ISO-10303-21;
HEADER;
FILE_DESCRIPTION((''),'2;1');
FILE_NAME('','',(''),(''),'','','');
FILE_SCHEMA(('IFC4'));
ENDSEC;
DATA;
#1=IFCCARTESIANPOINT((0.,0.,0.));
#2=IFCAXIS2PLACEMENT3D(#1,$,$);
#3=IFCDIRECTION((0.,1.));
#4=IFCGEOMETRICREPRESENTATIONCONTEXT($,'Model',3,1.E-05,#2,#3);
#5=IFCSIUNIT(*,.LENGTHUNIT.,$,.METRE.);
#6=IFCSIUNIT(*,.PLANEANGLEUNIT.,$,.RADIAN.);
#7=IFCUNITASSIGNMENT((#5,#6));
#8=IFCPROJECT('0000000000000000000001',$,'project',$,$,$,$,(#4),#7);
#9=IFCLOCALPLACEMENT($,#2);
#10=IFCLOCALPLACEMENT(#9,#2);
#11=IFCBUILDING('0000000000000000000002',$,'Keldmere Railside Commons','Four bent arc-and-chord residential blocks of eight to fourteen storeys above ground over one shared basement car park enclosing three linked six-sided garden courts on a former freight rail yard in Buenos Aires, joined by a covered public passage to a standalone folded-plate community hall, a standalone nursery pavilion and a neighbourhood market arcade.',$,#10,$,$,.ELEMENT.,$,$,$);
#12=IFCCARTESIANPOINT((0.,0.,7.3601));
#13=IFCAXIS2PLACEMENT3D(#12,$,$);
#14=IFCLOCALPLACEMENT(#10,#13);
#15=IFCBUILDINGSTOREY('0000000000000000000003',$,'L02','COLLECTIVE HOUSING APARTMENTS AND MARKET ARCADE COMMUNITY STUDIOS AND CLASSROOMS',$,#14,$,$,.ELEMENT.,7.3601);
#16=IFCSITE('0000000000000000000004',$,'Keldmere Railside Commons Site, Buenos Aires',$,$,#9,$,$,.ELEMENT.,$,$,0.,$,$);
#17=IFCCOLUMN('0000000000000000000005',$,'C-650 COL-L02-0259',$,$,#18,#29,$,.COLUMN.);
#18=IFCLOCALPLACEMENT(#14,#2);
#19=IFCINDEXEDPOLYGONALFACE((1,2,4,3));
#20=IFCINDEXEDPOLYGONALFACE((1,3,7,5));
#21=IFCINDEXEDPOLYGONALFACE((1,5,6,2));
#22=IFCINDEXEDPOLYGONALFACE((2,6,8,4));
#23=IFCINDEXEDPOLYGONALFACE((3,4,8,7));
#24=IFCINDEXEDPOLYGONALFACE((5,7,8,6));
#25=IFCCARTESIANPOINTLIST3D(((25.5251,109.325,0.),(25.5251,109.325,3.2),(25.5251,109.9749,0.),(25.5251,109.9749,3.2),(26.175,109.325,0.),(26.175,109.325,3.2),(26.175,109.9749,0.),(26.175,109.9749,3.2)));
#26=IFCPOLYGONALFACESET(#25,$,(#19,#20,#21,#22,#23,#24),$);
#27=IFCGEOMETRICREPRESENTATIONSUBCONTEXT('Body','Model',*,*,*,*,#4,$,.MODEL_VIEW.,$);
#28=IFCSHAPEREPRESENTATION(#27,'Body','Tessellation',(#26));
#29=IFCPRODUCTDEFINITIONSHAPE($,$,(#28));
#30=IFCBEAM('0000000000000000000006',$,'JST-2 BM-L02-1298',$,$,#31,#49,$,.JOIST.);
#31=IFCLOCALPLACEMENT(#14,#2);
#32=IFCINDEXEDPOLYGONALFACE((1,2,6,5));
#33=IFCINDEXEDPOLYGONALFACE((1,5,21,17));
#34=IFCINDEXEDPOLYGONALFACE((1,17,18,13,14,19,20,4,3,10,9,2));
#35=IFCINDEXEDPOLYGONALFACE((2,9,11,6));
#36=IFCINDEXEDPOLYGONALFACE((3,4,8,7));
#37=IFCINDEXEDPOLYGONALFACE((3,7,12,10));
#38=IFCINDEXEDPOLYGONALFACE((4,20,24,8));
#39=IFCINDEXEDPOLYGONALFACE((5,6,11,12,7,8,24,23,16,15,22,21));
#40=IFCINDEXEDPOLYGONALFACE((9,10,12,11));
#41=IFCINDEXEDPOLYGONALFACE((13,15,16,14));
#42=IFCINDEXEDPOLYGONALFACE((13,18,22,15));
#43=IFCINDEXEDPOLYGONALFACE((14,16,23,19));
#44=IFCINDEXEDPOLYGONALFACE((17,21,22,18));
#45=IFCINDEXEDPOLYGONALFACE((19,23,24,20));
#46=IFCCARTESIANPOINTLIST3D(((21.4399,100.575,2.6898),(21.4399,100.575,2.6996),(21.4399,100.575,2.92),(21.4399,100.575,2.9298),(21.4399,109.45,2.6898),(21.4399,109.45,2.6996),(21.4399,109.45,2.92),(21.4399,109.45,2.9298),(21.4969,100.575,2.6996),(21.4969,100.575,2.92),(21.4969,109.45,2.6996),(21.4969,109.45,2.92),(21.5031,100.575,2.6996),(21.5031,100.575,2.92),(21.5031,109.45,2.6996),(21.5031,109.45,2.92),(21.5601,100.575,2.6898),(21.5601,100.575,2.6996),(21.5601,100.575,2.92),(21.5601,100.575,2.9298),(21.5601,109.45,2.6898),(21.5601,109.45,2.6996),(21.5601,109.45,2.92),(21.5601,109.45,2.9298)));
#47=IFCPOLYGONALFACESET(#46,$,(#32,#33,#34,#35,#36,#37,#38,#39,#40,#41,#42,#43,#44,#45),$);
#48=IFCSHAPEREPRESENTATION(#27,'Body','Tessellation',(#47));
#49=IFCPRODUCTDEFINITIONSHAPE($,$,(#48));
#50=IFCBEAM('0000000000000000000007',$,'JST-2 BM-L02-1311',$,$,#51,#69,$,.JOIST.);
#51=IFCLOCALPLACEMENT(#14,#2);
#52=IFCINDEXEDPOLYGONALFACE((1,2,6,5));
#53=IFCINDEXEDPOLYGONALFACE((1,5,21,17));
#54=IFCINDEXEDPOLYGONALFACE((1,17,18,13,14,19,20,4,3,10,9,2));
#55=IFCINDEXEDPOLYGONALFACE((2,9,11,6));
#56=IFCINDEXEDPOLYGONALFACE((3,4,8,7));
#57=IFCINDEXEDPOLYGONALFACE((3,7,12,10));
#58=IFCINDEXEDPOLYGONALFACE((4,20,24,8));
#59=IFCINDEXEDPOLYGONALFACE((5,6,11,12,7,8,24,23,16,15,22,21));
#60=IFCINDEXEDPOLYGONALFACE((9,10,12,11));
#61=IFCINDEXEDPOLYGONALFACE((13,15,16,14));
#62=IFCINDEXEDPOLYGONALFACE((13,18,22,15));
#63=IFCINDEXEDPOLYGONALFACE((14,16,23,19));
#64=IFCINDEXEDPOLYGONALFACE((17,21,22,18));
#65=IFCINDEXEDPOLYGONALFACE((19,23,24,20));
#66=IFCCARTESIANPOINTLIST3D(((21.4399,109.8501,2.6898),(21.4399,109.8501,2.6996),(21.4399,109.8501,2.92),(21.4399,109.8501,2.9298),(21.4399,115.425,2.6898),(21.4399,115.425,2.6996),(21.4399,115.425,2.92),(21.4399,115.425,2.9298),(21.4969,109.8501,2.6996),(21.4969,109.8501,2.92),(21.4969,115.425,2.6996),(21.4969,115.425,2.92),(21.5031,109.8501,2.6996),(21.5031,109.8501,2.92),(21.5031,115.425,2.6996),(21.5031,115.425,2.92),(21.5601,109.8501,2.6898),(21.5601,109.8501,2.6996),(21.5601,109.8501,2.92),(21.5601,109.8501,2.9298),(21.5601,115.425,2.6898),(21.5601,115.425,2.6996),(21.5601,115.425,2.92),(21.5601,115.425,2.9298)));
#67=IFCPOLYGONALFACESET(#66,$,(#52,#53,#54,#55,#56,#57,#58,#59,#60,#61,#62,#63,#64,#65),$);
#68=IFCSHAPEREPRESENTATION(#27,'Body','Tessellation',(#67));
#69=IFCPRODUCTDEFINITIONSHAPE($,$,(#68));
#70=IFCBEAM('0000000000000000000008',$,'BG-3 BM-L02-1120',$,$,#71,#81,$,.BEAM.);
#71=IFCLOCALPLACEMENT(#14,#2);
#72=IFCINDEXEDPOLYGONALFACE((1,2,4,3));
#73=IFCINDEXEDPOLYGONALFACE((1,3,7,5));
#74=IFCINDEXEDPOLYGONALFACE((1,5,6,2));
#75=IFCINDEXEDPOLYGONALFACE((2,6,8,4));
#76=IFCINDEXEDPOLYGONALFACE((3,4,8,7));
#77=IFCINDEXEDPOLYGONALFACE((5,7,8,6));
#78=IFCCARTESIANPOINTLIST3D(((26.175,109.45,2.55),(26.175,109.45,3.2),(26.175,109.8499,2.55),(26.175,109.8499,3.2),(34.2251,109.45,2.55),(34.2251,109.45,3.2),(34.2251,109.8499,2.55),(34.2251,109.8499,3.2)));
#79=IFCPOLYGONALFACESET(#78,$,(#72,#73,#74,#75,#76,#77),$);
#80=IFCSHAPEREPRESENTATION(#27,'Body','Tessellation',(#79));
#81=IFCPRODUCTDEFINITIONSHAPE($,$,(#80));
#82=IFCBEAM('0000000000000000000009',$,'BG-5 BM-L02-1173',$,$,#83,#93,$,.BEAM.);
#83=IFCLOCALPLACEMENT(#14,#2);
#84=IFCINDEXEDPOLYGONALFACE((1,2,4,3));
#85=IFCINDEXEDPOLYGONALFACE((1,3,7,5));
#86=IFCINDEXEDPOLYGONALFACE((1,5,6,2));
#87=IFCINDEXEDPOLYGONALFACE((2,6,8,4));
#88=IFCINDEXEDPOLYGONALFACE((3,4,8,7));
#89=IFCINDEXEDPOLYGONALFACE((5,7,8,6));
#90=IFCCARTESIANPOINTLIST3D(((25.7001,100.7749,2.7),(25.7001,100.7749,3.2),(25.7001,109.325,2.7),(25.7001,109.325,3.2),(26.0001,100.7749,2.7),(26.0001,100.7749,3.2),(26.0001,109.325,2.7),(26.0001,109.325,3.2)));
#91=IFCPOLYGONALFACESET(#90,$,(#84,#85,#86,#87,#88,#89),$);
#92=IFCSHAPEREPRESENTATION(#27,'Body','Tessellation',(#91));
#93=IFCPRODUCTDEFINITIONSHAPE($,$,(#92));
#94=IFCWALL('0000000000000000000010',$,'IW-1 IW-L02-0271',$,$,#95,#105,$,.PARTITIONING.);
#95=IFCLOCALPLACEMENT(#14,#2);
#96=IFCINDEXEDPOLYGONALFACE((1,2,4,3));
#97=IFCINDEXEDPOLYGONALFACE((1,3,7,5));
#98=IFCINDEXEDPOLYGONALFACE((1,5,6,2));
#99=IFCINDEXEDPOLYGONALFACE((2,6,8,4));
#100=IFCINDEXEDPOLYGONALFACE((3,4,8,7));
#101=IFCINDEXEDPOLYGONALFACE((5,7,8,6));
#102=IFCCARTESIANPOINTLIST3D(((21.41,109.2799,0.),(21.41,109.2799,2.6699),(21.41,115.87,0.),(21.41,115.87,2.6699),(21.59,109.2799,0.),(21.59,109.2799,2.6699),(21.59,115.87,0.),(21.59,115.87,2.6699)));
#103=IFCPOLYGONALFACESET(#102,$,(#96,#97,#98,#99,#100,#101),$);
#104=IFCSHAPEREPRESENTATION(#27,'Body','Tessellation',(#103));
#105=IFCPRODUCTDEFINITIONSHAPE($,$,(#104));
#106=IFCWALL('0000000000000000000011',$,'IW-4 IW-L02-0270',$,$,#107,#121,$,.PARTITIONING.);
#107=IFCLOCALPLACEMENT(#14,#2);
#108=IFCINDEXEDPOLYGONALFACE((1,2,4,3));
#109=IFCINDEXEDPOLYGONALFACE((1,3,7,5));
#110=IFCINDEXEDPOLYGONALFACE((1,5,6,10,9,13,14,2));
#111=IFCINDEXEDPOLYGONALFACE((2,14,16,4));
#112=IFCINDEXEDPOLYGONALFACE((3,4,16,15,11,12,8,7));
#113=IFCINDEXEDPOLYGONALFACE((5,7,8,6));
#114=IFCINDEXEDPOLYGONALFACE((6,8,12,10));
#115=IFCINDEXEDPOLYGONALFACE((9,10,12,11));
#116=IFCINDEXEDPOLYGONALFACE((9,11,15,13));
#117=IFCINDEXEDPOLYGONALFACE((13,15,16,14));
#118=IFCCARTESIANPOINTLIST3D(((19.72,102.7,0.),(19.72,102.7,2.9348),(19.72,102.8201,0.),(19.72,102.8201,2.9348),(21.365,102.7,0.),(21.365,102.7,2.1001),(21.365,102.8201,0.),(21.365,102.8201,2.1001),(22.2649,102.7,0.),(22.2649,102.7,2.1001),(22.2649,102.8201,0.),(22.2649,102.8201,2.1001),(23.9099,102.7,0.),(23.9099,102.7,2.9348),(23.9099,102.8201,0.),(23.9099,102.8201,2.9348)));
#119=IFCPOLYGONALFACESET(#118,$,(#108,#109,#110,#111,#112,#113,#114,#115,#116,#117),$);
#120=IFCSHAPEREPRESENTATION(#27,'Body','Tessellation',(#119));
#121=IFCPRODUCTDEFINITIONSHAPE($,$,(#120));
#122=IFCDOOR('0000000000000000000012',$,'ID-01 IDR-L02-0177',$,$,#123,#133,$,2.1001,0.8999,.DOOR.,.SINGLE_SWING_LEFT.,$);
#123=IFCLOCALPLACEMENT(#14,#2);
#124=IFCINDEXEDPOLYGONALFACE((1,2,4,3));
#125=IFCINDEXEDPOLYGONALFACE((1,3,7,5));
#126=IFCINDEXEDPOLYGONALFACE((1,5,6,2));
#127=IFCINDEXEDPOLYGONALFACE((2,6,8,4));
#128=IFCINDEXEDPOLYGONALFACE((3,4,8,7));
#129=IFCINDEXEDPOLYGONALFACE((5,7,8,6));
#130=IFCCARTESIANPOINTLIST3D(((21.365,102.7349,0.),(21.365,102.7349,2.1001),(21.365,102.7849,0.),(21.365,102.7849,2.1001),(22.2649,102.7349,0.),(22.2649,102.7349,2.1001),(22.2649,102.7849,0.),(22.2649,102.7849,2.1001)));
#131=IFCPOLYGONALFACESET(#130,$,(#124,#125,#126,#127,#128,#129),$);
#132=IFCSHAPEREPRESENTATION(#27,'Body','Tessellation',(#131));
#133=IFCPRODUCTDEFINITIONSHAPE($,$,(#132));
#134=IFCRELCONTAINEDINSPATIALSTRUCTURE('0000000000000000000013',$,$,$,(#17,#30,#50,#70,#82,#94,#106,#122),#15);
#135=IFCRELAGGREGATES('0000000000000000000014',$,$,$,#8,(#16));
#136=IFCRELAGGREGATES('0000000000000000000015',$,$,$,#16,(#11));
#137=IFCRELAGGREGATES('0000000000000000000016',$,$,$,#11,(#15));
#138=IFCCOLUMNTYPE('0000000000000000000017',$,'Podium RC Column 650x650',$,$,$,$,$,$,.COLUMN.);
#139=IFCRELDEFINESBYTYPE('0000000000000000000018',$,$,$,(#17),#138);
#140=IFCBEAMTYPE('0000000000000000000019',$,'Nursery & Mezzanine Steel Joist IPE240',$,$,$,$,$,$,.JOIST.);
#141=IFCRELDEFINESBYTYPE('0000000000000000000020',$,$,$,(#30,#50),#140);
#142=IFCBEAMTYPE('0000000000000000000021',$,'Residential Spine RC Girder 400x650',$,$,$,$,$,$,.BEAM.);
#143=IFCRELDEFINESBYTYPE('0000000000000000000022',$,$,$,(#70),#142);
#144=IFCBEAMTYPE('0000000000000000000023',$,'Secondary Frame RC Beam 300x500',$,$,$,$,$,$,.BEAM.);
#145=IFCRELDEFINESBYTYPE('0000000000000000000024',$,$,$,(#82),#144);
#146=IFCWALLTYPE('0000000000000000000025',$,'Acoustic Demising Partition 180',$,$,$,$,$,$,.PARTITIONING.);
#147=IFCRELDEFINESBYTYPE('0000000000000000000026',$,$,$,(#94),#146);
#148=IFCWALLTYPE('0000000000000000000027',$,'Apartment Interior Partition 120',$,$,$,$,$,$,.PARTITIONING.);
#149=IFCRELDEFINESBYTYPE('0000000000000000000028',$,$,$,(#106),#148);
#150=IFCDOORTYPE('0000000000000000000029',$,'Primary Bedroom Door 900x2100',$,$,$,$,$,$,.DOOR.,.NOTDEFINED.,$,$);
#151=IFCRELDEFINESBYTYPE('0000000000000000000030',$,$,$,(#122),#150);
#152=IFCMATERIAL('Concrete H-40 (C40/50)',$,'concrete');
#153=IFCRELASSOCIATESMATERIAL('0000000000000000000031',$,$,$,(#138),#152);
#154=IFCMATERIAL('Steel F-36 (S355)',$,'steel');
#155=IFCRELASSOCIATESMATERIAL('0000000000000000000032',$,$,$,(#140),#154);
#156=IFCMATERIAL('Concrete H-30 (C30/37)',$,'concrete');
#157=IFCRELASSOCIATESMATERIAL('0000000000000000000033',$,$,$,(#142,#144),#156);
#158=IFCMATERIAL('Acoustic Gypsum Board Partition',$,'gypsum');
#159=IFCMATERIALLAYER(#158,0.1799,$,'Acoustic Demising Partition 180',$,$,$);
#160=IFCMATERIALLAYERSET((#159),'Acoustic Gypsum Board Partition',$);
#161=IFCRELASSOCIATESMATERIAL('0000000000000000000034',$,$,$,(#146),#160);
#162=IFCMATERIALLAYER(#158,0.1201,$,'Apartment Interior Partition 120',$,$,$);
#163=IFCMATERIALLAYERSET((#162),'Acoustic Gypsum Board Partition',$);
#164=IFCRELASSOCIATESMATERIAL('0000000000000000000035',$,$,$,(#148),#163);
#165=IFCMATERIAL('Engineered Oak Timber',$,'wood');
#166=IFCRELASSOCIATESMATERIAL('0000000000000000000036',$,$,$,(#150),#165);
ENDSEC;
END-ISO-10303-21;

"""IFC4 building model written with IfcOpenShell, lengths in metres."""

from ifc_helpers import new_model, si_unit, direction, frame, frame_2d, origin, origin_2d, place, context, subcontext, project, spatial, rectangle, i_section, extrude, material, layer, layer_set, material_profile, profile_set, type_object, element, fill, save


model = new_model("IFC4")

# Units and contexts
model_context = context("Model", 3, precision=1e-05, world=origin(), true_north=direction((0.0, 1.0)))
body_context = subcontext(model_context, "Body", "Model", "MODEL_VIEW")
ifc_project = project(units=[si_unit("LENGTHUNIT", "METRE"), si_unit("PLANEANGLEUNIT", "RADIAN")], contexts=[model_context])

# Site, building, storey
site_placement = place(None, origin())
site = spatial("IfcSite", under=ifc_project, at=site_placement, Name="Keldmere Railside Commons Site, Buenos Aires", CompositionType="ELEMENT", RefElevation=0.0)
building_placement = place(site_placement, origin())
building = spatial("IfcBuilding", under=site, at=building_placement, Name="Keldmere Railside Commons", Description="Four bent arc-and-chord residential blocks of eight to fourteen storeys above ground over one shared basement car park enclosing three linked six-sided garden courts on a former freight rail yard in Buenos Aires, joined by a covered public passage to a standalone folded-plate community hall, a standalone nursery pavilion and a neighbourhood market arcade.", CompositionType="ELEMENT")
storey_placement = place(building_placement, frame((0.0, 0.0, 7.3601)))
storey = spatial("IfcBuildingStorey", under=building, at=storey_placement, Name="L02", Description="COLLECTIVE HOUSING APARTMENTS AND MARKET ARCADE COMMUNITY STUDIOS AND CLASSROOMS", CompositionType="ELEMENT", Elevation=7.3601)

# Column
ifc_material_1 = material(Name="Concrete H-40 (C40/50)", Category="concrete")
ifc_material_profile_1 = material_profile(ifc_material_1, rectangle(XDim=0.6499, YDim=0.6499, at=origin_2d()), Name="RC-650x650")
ifc_profile_set_1 = profile_set([ifc_material_profile_1], Name="Concrete H-40 (C40/50)")
column_type = type_object("IfcColumnType", Name="Podium RC Column 650x650", PredefinedType="COLUMN", material=ifc_profile_set_1)
column_placement = place(storey_placement, frame((25.8501, 109.6499, 0.0), z_axis=(0.0, 0.0, 1.0), x_axis=(1.0, 0.0, 0.0)))
element("IfcColumn", 1, at=column_placement, inside=storey, type_object=column_type, Name="C-650 COL-L02-0259", PredefinedType="COLUMN", context=body_context, shape_type="SweptSolid", body=[
    extrude(rectangle(XDim=0.6499, YDim=0.6499, at=origin_2d()), origin(), (0.0, 0.0, 1.0), 3.2),
])

# Beams
ifc_material_2 = material(Name="Steel F-36 (S355)", Category="steel")
ifc_material_profile_2 = material_profile(ifc_material_2, i_section(OverallWidth=0.1201, OverallDepth=0.24, WebThickness=0.0061, FlangeThickness=0.0098, at=origin_2d()), Name="IPE-240")
ifc_profile_set_2 = profile_set([ifc_material_profile_2], Name="Steel F-36 (S355)")
beam_type_1 = type_object("IfcBeamType", Name="Nursery & Mezzanine Steel Joist IPE240", PredefinedType="JOIST", material=ifc_profile_set_2)
beam_1_placement = place(storey_placement, frame((21.5, 100.575, 2.8098), z_axis=(0.0, 1.0, 0.0), x_axis=(-1.0, 0.0, 0.0)))
element("IfcBeam", 2, at=beam_1_placement, inside=storey, type_object=beam_type_1, Name="JST-2 BM-L02-1298", PredefinedType="JOIST", context=body_context, shape_type="SweptSolid", body=[
    extrude(i_section(OverallWidth=0.1201, OverallDepth=0.24, WebThickness=0.0061, FlangeThickness=0.0098, at=origin_2d()), origin(), (0.0, 0.0, 1.0), 8.875),
])
beam_2_placement = place(storey_placement, frame((21.5, 109.8501, 2.8098), z_axis=(0.0, 1.0, 0.0), x_axis=(-1.0, 0.0, 0.0)))
element("IfcBeam", 3, at=beam_2_placement, inside=storey, type_object=beam_type_1, Name="JST-2 BM-L02-1311", PredefinedType="JOIST", context=body_context, shape_type="SweptSolid", body=[
    extrude(i_section(OverallWidth=0.1201, OverallDepth=0.24, WebThickness=0.0061, FlangeThickness=0.0098, at=origin_2d()), origin(), (0.0, 0.0, 1.0), 5.575),
])
ifc_material_3 = material(Name="Concrete H-30 (C30/37)", Category="concrete")
ifc_material_profile_3 = material_profile(ifc_material_3, rectangle(XDim=0.3999, YDim=0.6499, at=origin_2d()), Name="RC-400x650")
ifc_profile_set_3 = profile_set([ifc_material_profile_3], Name="Concrete H-30 (C30/37)")
beam_type_2 = type_object("IfcBeamType", Name="Residential Spine RC Girder 400x650", PredefinedType="BEAM", material=ifc_profile_set_3)
beam_3_placement = place(storey_placement, frame((26.175, 109.6499, 2.875), z_axis=(1.0, 0.0, 0.0), x_axis=(0.0, 1.0, 0.0)))
element("IfcBeam", 4, at=beam_3_placement, inside=storey, type_object=beam_type_2, Name="BG-3 BM-L02-1120", PredefinedType="BEAM", context=body_context, shape_type="SweptSolid", body=[
    extrude(rectangle(XDim=0.3999, YDim=0.6499, at=origin_2d()), origin(), (0.0, 0.0, 1.0), 8.05),
])
ifc_material_profile_4 = material_profile(ifc_material_3, rectangle(XDim=0.3, YDim=0.5, at=origin_2d()), Name="RC-300x500")
ifc_profile_set_4 = profile_set([ifc_material_profile_4], Name="Concrete H-30 (C30/37)")
beam_type_3 = type_object("IfcBeamType", Name="Secondary Frame RC Beam 300x500", PredefinedType="BEAM", material=ifc_profile_set_4)
beam_4_placement = place(storey_placement, frame((25.8501, 100.7749, 2.95), z_axis=(0.0, 1.0, 0.0), x_axis=(-1.0, 0.0, 0.0)))
element("IfcBeam", 5, at=beam_4_placement, inside=storey, type_object=beam_type_3, Name="BG-5 BM-L02-1173", PredefinedType="BEAM", context=body_context, shape_type="SweptSolid", body=[
    extrude(rectangle(XDim=0.3, YDim=0.5, at=origin_2d()), origin(), (0.0, 0.0, 1.0), 8.55),
])

# Wall
ifc_material_4 = material(Name="Acoustic Gypsum Board Partition", Category="gypsum")
ifc_layer_1 = layer(ifc_material_4, 0.1799, Name="Acoustic Demising Partition 180")
ifc_layer_set_1 = layer_set([ifc_layer_1], Name="Acoustic Gypsum Board Partition")
wall_type_1 = type_object("IfcWallType", Name="Acoustic Demising Partition 180", PredefinedType="PARTITIONING", material=ifc_layer_set_1)
wall_1_placement = place(storey_placement, frame((21.5, 109.28, 0.0), z_axis=(0.0, 0.0, 1.0), x_axis=(0.0, 1.0, 0.0)))
element("IfcWall", 6, at=wall_1_placement, inside=storey, type_object=wall_type_1, Name="IW-1 IW-L02-0271", PredefinedType="PARTITIONING", context=body_context, shape_type="SweptSolid", body=[
    extrude(rectangle(XDim=6.5901, YDim=0.1799, at=frame_2d((3.2949, 0.0))), origin(), (0.0, 0.0, 1.0), 2.6699),
])

# Wall, opening, door
ifc_layer_2 = layer(ifc_material_4, 0.1201, Name="Apartment Interior Partition 120")
ifc_layer_set_2 = layer_set([ifc_layer_2], Name="Acoustic Gypsum Board Partition")
wall_type_2 = type_object("IfcWallType", Name="Apartment Interior Partition 120", PredefinedType="PARTITIONING", material=ifc_layer_set_2)
wall_2_placement = place(storey_placement, frame((19.72, 102.76, 0.0), z_axis=(0.0, 0.0, 1.0), x_axis=(1.0, 0.0, 0.0)))
wall_2 = element("IfcWall", 7, at=wall_2_placement, inside=storey, type_object=wall_type_2, Name="IW-4 IW-L02-0270", PredefinedType="PARTITIONING", context=body_context, shape_type="SweptSolid", body=[
    extrude(rectangle(XDim=4.1899, YDim=0.1201, at=frame_2d((2.095, 0.0))), origin(), (0.0, 0.0, 1.0), 2.9348),
])
opening_1_placement = place(wall_2_placement, frame((1.645, 0.0, 0.0)))
opening_1 = element("IfcOpeningElement", 8, at=opening_1_placement, cuts=wall_2, PredefinedType="OPENING", context=body_context, shape_type="SweptSolid", body=[
    extrude(rectangle(XDim=0.8999, YDim=2.1001, at=frame_2d((0.45, 1.05))), frame((0.0, 0.0701, 0.0), z_axis=(0.0, -1.0, 0.0), x_axis=(1.0, 0.0, 0.0)), (0.0, 0.0, 1.0), 0.1401),
])
ifc_material_5 = material(Name="Engineered Oak Timber", Category="wood")
door_type_1 = type_object("IfcDoorType", Name="Primary Bedroom Door 900x2100", OperationType="NOTDEFINED", PredefinedType="DOOR", material=ifc_material_5)
door_1_placement = place(opening_1_placement, origin())
door_1 = element("IfcDoor", 9, at=door_1_placement, inside=storey, type_object=door_type_1, Name="ID-01 IDR-L02-0177", OperationType="SINGLE_SWING_LEFT", OverallHeight=2.1001, OverallWidth=0.8999, PredefinedType="DOOR", context=body_context, shape_type="SweptSolid", body=[
    extrude(rectangle(XDim=0.8999, YDim=2.1001, at=frame_2d((0.45, 1.05))), frame((0.0, 0.0249, 0.0), z_axis=(0.0, -1.0, 0.0), x_axis=(1.0, 0.0, 0.0)), (0.0, 0.0, 1.0), 0.05),
])
fill(opening_1, door_1)

save(model, "model.ifc")
